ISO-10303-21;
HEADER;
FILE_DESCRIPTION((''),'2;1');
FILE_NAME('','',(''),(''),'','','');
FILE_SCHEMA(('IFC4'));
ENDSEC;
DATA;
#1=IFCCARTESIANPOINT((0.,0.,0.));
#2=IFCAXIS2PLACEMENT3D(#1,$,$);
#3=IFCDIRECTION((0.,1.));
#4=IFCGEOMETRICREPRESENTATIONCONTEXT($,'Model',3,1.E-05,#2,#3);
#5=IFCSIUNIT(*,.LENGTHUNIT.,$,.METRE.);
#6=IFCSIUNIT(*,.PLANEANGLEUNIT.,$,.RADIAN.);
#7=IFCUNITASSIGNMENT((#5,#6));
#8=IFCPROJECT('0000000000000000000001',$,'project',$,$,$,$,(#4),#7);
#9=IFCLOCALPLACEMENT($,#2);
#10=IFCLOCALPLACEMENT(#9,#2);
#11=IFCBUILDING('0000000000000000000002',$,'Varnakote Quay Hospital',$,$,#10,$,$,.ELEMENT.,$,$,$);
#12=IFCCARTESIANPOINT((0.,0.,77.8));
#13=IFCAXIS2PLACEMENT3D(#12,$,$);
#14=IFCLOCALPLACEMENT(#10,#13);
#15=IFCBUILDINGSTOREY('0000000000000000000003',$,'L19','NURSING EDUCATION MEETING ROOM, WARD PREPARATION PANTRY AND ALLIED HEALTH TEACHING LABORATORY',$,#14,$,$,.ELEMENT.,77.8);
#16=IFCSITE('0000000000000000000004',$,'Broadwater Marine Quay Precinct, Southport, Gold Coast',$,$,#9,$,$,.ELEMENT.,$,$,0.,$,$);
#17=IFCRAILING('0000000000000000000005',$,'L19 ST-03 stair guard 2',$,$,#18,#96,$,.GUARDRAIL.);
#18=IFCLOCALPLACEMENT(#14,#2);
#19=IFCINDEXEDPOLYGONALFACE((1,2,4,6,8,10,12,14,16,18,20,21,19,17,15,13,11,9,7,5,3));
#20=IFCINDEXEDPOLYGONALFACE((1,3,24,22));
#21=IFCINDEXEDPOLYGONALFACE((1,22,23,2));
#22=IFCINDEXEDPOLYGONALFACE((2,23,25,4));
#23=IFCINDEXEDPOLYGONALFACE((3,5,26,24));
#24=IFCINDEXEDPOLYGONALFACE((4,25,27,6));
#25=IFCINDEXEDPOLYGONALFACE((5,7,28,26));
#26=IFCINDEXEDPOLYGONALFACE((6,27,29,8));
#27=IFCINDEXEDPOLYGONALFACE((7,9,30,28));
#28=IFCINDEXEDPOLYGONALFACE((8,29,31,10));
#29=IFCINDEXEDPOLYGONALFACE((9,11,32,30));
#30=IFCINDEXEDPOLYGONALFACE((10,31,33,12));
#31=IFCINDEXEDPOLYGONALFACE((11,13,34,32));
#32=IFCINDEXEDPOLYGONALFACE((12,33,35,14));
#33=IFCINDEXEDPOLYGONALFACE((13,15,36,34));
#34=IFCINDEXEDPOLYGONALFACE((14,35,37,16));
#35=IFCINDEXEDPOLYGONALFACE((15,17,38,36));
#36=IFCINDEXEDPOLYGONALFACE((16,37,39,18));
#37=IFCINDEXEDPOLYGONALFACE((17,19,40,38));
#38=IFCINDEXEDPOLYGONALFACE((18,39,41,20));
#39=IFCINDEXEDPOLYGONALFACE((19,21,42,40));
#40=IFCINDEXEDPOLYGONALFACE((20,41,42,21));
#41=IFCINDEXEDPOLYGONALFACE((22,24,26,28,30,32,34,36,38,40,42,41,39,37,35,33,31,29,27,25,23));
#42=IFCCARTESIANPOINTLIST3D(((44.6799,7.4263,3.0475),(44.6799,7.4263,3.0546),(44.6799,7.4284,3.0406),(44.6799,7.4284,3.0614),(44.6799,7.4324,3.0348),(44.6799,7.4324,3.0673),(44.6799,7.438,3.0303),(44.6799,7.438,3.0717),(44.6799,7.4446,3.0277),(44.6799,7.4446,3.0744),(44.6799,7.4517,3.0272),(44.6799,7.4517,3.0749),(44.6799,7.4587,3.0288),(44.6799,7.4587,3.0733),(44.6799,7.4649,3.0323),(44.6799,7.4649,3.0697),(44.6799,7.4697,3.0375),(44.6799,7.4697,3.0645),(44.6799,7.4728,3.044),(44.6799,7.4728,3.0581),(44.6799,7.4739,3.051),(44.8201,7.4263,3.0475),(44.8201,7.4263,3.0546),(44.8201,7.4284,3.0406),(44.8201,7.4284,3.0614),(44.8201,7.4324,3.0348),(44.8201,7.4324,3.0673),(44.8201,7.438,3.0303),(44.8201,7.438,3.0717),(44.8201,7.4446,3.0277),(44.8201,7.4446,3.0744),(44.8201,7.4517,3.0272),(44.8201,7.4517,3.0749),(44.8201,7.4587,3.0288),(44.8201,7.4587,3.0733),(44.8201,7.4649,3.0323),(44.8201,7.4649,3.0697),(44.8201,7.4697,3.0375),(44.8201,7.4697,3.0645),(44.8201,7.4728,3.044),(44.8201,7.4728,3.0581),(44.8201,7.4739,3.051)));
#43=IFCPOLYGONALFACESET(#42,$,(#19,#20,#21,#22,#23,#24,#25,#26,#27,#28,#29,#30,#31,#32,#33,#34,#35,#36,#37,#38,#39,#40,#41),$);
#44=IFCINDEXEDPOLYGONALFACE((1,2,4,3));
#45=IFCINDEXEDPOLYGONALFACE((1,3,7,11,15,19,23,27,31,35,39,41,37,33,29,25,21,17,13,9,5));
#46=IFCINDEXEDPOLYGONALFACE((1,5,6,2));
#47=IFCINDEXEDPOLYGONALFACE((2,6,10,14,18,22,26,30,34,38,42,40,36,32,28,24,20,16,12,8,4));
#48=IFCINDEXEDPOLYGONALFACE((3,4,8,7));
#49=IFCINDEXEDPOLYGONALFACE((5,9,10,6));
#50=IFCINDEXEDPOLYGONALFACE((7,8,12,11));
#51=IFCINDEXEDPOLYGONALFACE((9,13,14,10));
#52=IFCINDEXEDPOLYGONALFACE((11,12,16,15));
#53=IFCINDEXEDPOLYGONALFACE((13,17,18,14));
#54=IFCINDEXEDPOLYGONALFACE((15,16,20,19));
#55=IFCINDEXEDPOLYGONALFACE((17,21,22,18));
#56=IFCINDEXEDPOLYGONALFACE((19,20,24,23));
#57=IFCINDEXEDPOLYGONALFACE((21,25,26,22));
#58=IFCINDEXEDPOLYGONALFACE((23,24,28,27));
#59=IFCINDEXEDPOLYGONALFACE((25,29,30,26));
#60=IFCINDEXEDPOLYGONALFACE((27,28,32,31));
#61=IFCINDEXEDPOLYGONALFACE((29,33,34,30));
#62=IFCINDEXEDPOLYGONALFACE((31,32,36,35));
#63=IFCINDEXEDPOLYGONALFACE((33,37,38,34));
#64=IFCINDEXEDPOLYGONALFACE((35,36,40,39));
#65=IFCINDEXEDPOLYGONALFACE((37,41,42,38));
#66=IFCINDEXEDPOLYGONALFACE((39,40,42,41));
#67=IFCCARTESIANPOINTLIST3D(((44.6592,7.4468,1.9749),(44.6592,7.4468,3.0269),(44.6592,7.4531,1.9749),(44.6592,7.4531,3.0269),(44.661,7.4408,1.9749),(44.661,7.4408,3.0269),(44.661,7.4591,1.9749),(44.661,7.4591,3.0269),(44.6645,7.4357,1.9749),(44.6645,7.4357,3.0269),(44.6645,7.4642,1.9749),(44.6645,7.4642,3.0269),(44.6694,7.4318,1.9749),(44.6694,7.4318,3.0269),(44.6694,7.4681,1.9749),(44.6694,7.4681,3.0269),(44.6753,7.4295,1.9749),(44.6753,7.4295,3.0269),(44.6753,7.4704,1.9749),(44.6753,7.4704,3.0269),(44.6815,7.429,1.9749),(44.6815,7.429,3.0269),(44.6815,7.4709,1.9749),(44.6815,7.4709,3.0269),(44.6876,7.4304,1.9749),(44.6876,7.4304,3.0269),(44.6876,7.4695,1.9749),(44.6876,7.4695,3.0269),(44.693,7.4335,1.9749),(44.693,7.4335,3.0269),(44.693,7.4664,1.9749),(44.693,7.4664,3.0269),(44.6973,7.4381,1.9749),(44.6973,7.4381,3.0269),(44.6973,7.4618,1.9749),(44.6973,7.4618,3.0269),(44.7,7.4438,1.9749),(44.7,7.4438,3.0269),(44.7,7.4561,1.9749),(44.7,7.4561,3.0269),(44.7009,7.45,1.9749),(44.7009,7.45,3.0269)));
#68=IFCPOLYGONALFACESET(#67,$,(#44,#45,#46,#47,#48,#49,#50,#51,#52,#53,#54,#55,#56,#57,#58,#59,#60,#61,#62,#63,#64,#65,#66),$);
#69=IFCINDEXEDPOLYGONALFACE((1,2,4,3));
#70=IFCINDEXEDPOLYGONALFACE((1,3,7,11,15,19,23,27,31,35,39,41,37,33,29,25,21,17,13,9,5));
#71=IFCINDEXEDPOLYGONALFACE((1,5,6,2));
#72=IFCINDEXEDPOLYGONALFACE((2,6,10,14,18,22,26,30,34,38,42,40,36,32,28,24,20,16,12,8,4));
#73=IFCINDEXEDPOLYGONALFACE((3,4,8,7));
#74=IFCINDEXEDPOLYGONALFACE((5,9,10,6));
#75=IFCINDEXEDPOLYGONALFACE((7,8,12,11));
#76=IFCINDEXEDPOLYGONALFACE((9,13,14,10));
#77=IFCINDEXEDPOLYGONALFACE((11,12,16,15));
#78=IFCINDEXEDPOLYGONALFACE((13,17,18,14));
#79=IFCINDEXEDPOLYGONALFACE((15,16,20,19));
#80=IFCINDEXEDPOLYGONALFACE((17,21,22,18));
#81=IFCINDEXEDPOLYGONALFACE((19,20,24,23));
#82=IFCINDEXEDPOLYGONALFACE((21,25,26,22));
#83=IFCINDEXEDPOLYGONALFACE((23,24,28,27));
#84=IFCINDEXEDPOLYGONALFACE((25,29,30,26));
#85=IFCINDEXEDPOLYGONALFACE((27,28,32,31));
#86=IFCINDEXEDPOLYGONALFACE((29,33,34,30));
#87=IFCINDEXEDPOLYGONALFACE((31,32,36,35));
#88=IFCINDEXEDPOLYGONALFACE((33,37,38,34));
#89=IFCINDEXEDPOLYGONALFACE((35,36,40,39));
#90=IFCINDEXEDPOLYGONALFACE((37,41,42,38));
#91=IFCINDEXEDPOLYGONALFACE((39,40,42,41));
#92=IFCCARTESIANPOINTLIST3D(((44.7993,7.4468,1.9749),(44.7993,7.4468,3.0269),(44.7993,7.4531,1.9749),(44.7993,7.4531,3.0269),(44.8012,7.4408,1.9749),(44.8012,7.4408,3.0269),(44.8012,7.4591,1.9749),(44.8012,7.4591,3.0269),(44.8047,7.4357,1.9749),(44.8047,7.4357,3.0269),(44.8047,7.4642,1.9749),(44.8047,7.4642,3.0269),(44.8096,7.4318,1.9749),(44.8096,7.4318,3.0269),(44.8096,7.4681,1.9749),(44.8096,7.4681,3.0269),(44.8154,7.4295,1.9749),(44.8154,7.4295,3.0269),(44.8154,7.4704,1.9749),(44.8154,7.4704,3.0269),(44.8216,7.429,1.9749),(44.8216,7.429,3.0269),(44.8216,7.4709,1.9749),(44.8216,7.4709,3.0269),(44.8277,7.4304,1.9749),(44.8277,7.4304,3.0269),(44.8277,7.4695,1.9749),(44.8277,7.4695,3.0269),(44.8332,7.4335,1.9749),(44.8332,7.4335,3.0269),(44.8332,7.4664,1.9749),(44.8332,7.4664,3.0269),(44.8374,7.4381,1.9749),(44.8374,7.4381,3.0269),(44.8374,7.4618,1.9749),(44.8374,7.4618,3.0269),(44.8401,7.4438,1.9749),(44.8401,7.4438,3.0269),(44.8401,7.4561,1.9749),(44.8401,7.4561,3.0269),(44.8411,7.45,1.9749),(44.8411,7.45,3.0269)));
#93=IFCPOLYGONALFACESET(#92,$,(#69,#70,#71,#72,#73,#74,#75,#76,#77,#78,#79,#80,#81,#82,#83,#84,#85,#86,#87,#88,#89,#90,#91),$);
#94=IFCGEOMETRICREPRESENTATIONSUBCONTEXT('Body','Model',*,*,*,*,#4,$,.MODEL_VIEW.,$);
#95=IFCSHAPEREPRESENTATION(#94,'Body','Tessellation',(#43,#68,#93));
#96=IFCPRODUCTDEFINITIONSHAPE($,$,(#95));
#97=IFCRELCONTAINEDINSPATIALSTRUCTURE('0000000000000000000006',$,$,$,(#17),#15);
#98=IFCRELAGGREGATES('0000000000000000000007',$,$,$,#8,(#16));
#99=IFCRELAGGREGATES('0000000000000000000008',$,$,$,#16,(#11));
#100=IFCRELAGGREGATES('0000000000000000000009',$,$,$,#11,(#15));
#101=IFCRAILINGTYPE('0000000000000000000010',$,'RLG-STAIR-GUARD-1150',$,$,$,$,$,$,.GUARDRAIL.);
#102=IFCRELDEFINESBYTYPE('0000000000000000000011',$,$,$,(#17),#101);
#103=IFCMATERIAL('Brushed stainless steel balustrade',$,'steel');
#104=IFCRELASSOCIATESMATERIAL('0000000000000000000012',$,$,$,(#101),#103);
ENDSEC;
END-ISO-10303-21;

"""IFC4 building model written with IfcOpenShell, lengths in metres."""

from ifc_helpers import new_model, si_unit, direction, frame, origin, origin_2d, place, context, subcontext, project, spatial, circle, extrude, material, type_object, element, save


model = new_model("IFC4")

# Units and contexts
model_context = context("Model", 3, precision=1e-05, world=origin(), true_north=direction((0.0, 1.0)))
body_context = subcontext(model_context, "Body", "Model", "MODEL_VIEW")
ifc_project = project(units=[si_unit("LENGTHUNIT", "METRE"), si_unit("PLANEANGLEUNIT", "RADIAN")], contexts=[model_context])

# Site, building, storey
site_placement = place(None, origin())
site = spatial("IfcSite", under=ifc_project, at=site_placement, Name="Broadwater Marine Quay Precinct, Southport, Gold Coast", CompositionType="ELEMENT", RefElevation=0.0)
building_placement = place(site_placement, origin())
building = spatial("IfcBuilding", under=site, at=building_placement, Name="Varnakote Quay Hospital", CompositionType="ELEMENT")
storey_placement = place(building_placement, frame((0.0, 0.0, 77.8)))
storey = spatial("IfcBuildingStorey", under=building, at=storey_placement, Name="L19", Description="NURSING EDUCATION MEETING ROOM, WARD PREPARATION PANTRY AND ALLIED HEALTH TEACHING LABORATORY", CompositionType="ELEMENT", Elevation=77.8)

# Railing
ifc_material_1 = material(Name="Brushed stainless steel balustrade", Category="steel")
railing_type_1 = type_object("IfcRailingType", Name="RLG-STAIR-GUARD-1150", PredefinedType="GUARDRAIL", material=ifc_material_1)
railing_1_placement = place(storey_placement, frame((44.6799, 7.45, 1.9749)))
element("IfcRailing", 1, at=railing_1_placement, inside=storey, type_object=railing_type_1, Name="L19 ST-03 stair guard 2", PredefinedType="GUARDRAIL", context=body_context, shape_type="SweptSolid", body=[
    extrude(circle(Radius=0.0239, at=origin_2d()), frame((0.0, 0.0, 1.0762), z_axis=(1.0, 0.0, 0.0), x_axis=(0.0, 1.0, 0.0)), (0.0, 0.0, 1.0), 0.1401),
    extrude(circle(Radius=0.021, at=origin_2d()), origin(), (0.0, 0.0, 1.0), 1.052),
    extrude(circle(Radius=0.021, at=origin_2d()), frame((0.1401, 0.0, 0.0)), (0.0, 0.0, 1.0), 1.052),
])

save(model, "model.ifc")
